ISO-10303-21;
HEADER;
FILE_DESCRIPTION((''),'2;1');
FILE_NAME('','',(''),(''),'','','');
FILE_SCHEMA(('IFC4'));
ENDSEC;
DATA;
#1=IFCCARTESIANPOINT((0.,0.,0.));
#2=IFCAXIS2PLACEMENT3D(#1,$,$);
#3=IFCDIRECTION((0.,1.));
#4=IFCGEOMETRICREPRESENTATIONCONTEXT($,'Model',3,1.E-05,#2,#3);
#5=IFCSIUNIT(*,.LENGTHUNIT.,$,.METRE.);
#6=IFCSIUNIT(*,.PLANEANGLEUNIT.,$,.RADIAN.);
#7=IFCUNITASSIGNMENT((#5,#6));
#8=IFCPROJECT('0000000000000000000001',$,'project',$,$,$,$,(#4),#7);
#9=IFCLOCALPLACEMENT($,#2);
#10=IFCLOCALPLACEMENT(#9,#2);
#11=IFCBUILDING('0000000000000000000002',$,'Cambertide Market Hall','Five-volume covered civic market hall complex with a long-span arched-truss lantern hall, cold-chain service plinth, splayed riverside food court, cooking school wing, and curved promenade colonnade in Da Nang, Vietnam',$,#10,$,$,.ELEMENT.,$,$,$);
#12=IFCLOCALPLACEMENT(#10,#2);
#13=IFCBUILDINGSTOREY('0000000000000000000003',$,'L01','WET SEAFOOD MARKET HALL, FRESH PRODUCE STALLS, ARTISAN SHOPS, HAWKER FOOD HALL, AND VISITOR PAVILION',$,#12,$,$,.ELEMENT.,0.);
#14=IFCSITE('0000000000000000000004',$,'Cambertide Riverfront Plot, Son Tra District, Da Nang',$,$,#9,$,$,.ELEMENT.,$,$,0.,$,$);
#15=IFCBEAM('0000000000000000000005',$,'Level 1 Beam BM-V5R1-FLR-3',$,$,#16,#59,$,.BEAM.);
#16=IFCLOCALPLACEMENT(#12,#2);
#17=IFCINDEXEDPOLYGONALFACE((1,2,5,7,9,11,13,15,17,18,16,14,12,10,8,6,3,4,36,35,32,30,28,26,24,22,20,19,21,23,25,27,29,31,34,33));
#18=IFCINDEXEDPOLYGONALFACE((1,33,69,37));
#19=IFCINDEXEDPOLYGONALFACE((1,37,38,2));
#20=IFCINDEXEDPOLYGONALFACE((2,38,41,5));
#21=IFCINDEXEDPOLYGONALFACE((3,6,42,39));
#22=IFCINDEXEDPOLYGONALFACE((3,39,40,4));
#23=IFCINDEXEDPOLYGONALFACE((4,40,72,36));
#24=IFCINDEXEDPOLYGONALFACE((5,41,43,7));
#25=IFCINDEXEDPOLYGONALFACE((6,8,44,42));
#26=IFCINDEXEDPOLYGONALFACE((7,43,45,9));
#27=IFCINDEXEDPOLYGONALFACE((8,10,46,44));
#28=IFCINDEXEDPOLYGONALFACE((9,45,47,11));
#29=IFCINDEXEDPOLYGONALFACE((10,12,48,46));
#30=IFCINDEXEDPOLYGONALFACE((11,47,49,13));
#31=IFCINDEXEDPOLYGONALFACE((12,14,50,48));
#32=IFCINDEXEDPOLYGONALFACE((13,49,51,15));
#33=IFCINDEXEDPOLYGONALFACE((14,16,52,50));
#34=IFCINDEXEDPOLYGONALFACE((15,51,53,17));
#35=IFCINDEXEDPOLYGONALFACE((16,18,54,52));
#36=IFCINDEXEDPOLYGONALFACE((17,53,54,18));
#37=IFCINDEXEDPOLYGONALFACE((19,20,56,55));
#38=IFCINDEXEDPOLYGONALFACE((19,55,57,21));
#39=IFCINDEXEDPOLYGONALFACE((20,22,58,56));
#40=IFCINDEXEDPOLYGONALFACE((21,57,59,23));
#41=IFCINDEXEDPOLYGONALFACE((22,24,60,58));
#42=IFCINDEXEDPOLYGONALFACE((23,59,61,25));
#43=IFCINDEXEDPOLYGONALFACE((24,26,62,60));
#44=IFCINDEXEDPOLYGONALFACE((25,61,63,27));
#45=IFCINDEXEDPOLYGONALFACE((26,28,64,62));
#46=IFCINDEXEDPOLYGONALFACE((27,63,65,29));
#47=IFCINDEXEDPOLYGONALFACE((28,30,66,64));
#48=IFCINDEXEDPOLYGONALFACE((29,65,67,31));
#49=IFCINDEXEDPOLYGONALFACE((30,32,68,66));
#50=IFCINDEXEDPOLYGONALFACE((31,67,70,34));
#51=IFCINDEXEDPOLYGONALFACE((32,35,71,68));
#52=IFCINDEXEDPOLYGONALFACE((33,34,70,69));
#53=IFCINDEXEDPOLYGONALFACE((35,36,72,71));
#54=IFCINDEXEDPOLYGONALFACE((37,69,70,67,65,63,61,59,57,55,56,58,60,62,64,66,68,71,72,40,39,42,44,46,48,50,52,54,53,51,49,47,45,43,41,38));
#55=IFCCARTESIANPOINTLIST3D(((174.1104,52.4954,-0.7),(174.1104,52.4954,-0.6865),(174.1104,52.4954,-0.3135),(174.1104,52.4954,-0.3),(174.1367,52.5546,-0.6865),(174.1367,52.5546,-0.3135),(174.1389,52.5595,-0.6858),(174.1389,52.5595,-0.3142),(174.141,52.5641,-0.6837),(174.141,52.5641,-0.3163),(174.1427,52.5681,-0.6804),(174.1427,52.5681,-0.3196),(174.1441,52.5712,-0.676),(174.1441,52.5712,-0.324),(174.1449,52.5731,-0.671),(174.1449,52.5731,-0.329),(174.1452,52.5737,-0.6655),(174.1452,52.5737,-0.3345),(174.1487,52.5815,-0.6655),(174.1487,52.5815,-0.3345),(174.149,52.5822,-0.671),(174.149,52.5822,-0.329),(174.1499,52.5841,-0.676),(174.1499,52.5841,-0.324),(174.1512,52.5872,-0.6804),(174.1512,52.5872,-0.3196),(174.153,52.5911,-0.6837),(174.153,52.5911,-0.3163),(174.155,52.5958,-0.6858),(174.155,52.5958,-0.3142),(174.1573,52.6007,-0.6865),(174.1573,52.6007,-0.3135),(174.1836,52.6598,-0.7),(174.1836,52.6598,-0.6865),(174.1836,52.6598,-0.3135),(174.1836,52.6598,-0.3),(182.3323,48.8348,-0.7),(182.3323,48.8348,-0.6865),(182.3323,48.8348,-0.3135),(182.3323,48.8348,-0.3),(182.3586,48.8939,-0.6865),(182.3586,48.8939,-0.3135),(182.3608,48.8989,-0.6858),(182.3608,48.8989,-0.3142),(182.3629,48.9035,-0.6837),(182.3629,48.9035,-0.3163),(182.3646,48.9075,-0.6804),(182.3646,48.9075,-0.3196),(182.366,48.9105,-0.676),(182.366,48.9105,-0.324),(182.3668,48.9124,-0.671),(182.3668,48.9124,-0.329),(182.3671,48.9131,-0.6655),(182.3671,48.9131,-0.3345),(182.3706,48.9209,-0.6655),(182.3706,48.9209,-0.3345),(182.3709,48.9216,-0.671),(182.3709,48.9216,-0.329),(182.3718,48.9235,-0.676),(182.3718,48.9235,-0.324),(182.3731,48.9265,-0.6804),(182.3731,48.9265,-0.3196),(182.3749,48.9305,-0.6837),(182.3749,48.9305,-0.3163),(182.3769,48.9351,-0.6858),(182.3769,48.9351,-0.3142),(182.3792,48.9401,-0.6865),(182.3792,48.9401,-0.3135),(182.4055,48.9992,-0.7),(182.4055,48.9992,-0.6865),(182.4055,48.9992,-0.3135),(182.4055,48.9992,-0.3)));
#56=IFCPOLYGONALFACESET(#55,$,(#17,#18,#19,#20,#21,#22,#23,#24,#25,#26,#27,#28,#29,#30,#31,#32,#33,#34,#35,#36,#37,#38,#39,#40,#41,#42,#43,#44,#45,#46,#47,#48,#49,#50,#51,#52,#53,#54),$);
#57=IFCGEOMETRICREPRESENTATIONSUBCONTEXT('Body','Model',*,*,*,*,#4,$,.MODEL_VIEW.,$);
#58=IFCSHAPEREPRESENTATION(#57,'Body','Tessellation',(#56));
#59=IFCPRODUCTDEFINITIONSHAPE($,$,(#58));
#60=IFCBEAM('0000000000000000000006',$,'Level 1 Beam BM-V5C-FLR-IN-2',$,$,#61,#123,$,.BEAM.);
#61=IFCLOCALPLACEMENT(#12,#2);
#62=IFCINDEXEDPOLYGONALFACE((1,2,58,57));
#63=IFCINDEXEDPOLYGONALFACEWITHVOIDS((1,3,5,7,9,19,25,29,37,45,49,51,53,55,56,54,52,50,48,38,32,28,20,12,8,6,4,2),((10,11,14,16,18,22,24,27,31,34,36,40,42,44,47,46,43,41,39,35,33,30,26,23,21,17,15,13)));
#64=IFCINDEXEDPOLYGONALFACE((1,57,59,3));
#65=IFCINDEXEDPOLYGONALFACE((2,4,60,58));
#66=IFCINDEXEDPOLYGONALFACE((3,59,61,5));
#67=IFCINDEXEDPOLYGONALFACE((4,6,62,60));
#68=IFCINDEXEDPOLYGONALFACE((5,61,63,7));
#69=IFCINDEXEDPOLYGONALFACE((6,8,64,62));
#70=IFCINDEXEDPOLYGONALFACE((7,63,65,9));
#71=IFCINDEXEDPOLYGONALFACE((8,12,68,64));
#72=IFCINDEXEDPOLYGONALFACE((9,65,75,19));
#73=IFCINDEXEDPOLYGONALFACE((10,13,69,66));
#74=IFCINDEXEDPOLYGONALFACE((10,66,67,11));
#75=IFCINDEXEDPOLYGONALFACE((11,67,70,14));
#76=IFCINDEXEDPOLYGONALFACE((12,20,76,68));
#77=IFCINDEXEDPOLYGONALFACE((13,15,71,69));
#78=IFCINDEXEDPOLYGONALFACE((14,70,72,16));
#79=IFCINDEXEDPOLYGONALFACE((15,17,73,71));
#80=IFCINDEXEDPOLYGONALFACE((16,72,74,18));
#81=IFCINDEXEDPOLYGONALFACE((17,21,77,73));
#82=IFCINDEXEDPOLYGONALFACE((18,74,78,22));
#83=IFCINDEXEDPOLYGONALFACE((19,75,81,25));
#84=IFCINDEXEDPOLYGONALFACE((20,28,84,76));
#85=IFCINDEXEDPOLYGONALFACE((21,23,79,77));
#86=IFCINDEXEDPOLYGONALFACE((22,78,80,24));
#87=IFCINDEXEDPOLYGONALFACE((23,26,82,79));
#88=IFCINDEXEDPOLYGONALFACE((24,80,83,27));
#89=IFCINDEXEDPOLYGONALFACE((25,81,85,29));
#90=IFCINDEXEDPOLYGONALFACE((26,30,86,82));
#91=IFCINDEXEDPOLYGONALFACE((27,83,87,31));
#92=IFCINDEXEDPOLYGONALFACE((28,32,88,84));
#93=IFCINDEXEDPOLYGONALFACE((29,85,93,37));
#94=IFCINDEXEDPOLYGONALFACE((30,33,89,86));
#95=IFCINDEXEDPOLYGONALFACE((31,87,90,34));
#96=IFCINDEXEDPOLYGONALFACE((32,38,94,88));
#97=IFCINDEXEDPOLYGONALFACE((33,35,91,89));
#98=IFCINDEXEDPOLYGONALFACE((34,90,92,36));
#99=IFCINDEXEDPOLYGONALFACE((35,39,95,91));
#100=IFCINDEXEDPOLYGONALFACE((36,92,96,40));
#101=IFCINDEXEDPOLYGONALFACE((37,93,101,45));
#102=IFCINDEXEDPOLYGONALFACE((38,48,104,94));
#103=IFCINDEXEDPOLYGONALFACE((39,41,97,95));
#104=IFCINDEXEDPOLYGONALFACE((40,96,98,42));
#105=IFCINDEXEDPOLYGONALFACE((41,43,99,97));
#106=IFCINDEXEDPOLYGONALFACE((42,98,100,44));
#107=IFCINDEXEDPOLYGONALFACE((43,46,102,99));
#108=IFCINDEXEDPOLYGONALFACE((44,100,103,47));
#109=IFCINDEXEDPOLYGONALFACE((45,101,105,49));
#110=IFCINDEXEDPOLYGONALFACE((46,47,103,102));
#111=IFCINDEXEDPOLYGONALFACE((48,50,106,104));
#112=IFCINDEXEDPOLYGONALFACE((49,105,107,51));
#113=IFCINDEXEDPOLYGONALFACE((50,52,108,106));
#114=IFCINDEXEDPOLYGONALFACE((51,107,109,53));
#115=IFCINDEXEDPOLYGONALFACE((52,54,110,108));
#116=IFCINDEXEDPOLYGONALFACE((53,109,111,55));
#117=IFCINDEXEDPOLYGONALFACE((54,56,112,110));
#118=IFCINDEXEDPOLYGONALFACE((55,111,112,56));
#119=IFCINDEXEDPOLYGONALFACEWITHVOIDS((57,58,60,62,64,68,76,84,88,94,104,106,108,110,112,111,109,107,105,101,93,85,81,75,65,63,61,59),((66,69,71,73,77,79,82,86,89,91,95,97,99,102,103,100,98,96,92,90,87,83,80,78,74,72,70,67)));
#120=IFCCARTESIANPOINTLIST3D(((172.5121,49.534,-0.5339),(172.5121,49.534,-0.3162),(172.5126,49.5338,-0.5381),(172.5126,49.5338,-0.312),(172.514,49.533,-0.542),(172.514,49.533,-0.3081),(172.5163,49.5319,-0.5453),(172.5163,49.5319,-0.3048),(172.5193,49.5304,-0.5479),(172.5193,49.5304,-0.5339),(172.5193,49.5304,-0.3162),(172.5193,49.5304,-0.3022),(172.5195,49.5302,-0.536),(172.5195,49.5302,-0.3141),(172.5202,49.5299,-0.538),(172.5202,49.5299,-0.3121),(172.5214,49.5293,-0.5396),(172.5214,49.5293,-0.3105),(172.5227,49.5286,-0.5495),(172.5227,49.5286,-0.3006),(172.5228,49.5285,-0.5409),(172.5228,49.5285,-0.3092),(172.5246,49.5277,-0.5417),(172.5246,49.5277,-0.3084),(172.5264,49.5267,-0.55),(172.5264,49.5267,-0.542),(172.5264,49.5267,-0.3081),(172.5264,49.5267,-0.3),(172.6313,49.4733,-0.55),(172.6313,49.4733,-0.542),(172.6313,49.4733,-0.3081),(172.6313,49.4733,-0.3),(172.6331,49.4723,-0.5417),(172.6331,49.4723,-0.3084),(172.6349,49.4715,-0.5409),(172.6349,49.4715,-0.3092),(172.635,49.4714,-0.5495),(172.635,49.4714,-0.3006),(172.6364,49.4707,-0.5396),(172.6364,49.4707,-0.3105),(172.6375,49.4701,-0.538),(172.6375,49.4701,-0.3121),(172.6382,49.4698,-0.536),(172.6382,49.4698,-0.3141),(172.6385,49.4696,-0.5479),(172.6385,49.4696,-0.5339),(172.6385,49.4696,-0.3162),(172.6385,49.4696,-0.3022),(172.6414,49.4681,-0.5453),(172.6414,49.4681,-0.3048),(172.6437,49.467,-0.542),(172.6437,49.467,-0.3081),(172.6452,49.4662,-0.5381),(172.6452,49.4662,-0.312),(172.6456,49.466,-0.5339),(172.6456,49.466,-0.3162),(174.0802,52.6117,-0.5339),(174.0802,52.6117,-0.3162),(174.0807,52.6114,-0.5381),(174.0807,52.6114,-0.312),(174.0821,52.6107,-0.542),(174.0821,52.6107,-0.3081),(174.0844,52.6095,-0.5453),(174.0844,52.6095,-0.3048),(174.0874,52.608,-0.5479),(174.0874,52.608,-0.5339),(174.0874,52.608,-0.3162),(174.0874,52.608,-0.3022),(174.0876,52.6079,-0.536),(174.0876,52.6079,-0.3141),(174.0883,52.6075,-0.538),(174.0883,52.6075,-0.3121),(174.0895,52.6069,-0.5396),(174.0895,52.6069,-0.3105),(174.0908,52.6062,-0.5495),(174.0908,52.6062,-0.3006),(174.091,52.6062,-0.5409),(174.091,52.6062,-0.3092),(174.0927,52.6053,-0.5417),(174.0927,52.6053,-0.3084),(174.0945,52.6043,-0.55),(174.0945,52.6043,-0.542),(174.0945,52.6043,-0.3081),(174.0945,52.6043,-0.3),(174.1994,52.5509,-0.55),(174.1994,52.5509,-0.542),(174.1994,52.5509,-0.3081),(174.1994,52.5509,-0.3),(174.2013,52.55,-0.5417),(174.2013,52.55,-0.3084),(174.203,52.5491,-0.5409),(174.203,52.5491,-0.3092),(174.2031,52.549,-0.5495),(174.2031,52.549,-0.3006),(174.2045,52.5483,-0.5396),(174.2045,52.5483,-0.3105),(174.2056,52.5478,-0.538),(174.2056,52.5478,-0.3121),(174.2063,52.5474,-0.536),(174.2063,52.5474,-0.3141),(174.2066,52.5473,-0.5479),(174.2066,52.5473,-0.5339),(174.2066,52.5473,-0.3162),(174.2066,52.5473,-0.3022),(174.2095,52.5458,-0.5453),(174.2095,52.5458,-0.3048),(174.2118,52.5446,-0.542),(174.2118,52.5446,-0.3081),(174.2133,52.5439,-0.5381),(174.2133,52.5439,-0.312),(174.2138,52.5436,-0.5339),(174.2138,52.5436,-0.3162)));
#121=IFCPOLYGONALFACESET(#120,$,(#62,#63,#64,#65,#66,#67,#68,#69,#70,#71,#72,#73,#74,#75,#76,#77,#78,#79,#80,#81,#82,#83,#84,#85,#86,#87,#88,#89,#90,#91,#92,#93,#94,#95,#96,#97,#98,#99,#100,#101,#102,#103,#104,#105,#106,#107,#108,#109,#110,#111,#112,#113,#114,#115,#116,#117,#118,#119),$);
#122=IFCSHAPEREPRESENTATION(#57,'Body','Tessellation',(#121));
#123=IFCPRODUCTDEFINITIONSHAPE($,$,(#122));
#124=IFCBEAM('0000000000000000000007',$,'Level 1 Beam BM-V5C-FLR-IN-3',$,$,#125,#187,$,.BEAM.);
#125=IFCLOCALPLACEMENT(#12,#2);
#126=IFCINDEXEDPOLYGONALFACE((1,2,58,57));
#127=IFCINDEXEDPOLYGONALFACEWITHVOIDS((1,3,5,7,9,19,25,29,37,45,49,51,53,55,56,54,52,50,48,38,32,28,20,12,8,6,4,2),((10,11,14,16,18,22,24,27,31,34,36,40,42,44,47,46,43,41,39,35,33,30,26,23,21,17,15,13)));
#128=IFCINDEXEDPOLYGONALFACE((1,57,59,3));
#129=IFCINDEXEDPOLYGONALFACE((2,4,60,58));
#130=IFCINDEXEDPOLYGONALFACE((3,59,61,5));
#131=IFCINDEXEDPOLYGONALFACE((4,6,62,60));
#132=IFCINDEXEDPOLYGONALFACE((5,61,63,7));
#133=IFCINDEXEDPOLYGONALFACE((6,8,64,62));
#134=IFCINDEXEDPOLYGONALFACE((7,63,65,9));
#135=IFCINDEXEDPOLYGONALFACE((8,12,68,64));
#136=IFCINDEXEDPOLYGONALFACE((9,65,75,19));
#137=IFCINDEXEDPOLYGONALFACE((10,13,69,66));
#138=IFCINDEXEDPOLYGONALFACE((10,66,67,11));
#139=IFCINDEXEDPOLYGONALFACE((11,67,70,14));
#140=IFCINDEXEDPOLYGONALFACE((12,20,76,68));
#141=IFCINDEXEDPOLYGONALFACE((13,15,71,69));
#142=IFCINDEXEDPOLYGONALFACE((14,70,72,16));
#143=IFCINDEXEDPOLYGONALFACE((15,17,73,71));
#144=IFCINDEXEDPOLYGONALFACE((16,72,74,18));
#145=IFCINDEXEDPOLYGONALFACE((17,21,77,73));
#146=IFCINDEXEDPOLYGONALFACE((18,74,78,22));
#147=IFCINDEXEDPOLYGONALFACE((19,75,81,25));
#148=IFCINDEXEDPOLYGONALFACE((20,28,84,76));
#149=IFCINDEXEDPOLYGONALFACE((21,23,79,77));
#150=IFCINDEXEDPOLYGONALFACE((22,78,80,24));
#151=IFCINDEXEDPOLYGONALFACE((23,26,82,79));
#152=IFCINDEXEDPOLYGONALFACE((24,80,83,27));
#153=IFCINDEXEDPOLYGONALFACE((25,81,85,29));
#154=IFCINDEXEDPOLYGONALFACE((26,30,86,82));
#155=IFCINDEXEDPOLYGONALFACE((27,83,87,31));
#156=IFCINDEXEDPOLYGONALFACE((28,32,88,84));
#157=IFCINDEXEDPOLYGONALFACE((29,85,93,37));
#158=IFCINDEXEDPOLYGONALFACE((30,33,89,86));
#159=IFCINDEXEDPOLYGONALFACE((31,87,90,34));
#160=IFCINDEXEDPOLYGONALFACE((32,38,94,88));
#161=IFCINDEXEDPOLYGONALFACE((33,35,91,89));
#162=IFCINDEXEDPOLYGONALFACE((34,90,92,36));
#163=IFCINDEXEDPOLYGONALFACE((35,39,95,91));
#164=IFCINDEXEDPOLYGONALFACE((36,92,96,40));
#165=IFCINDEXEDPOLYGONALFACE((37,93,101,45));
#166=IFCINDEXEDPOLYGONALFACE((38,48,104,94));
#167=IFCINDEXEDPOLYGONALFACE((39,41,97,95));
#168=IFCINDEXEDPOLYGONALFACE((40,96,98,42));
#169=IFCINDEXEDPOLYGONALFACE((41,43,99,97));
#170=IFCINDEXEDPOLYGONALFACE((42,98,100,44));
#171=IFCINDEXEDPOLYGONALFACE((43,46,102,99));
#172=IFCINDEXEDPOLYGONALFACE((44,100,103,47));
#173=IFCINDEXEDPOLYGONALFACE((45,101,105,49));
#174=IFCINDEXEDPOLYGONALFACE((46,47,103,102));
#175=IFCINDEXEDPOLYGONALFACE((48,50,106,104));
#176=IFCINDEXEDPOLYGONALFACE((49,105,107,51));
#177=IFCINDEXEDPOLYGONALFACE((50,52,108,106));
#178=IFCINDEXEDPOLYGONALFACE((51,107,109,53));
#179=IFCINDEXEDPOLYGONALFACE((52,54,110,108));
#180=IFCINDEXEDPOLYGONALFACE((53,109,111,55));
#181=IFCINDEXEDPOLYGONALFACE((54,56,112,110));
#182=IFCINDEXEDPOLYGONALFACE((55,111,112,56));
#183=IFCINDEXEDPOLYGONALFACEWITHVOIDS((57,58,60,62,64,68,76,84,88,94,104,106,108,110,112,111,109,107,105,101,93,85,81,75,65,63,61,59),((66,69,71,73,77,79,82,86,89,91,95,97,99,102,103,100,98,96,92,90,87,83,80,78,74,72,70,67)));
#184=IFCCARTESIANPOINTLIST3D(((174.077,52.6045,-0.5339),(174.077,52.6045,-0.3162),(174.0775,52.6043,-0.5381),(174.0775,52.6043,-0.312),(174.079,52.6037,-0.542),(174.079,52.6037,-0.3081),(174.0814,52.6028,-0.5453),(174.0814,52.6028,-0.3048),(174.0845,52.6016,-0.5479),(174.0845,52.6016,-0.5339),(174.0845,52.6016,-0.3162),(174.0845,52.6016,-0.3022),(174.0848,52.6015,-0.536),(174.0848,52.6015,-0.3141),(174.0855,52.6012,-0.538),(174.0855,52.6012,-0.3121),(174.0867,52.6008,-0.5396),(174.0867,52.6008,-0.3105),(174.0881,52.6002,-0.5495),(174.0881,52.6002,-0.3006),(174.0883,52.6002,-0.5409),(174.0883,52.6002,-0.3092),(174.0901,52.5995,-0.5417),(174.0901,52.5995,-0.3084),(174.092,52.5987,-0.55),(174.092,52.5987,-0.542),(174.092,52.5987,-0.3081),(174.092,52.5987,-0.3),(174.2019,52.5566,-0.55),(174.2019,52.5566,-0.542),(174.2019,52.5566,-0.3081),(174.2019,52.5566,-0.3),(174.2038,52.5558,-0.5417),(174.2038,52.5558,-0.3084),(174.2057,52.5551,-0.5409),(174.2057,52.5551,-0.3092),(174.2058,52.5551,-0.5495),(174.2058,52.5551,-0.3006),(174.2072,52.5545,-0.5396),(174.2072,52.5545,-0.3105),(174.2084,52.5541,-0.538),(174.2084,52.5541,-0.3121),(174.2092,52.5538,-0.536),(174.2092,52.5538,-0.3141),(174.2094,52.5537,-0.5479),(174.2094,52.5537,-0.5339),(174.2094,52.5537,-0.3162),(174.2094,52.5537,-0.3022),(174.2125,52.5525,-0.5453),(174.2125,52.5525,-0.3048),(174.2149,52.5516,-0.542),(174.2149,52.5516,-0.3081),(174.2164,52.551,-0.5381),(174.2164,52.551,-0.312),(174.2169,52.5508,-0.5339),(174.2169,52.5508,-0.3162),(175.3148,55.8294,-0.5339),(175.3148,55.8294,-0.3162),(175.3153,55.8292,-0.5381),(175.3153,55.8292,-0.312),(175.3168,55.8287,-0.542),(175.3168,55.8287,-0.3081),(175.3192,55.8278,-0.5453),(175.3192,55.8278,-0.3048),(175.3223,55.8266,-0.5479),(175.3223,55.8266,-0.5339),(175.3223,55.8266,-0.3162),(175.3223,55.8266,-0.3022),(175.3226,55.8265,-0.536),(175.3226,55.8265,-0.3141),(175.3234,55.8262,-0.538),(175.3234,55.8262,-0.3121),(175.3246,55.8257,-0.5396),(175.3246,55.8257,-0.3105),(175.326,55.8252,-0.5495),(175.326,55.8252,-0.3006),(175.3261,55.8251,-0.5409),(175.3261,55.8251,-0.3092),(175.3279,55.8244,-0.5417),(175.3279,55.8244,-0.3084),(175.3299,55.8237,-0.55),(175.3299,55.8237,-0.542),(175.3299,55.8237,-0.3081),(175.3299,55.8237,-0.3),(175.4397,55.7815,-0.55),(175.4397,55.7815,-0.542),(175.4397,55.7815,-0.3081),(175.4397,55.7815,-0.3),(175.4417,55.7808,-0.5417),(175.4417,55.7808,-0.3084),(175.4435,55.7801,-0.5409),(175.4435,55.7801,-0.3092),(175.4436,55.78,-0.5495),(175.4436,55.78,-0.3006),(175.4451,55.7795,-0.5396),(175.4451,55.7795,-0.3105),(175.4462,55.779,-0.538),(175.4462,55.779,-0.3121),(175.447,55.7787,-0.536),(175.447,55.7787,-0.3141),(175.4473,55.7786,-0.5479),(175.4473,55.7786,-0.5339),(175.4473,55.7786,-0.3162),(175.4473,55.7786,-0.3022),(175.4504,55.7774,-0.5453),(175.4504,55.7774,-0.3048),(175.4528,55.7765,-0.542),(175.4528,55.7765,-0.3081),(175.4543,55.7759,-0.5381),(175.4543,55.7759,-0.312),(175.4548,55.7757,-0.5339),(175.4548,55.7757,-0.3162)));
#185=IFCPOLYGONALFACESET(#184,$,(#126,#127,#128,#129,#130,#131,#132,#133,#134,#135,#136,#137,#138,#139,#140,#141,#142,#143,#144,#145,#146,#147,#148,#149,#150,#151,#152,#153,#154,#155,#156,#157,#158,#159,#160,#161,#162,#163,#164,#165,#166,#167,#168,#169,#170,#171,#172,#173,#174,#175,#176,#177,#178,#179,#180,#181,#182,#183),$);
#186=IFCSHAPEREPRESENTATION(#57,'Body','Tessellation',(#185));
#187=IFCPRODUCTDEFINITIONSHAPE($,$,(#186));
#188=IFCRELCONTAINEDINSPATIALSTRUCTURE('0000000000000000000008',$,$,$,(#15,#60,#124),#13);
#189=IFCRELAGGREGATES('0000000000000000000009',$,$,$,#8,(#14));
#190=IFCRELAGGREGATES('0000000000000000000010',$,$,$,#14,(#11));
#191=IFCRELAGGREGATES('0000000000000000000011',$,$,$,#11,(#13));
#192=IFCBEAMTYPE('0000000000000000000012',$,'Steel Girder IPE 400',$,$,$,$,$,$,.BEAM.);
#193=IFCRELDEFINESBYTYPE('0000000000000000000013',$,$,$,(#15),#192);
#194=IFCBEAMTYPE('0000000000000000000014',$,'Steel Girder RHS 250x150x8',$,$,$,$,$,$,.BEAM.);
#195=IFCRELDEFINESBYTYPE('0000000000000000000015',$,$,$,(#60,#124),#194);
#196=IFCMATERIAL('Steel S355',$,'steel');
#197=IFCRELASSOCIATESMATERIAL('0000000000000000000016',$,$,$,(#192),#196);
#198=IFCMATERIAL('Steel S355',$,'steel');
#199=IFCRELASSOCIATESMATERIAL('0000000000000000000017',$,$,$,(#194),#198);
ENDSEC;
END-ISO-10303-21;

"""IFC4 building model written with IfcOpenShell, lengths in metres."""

from ifc_helpers import new_model, si_unit, direction, frame, origin, origin_2d, place, context, subcontext, project, spatial, hollow_rectangle, i_section, extrude, material, material_profile, profile_set, type_object, element, save


model = new_model("IFC4")

# Units and contexts
model_context = context("Model", 3, precision=1e-05, world=origin(), true_north=direction((0.0, 1.0)))
body_context = subcontext(model_context, "Body", "Model", "MODEL_VIEW")
ifc_project = project(units=[si_unit("LENGTHUNIT", "METRE"), si_unit("PLANEANGLEUNIT", "RADIAN")], contexts=[model_context])

# Site, building, storey
site_placement = place(None, origin())
site = spatial("IfcSite", under=ifc_project, at=site_placement, Name="Cambertide Riverfront Plot, Son Tra District, Da Nang", CompositionType="ELEMENT", RefElevation=0.0)
building_placement = place(site_placement, origin())
building = spatial("IfcBuilding", under=site, at=building_placement, Name="Cambertide Market Hall", Description="Five-volume covered civic market hall complex with a long-span arched-truss lantern hall, cold-chain service plinth, splayed riverside food court, cooking school wing, and curved promenade colonnade in Da Nang, Vietnam", CompositionType="ELEMENT")
storey_placement = place(building_placement, origin())
storey = spatial("IfcBuildingStorey", under=building, at=storey_placement, Name="L01", Description="WET SEAFOOD MARKET HALL, FRESH PRODUCE STALLS, ARTISAN SHOPS, HAWKER FOOD HALL, AND VISITOR PAVILION", CompositionType="ELEMENT", Elevation=0.0)

# Beams
ifc_material_1 = material(Name="Steel S355", Category="steel")
ifc_material_profile_1 = material_profile(ifc_material_1, i_section(OverallWidth=0.1799, OverallDepth=0.3999, WebThickness=0.0085, FlangeThickness=0.0134, FilletRadius=0.021, at=origin_2d()), Name="IPE 400")
ifc_profile_set_1 = profile_set([ifc_material_profile_1], Name="Steel S355")
beam_type_1 = type_object("IfcBeamType", Name="Steel Girder IPE 400", PredefinedType="BEAM", material=ifc_profile_set_1)
for number, where, z_axis, x_axis, name in (
    (1, (174.147, 52.5776, -0.5), (0.913545, -0.406737, 0.0), (0.406737, 0.913545, 0.0), "Level 1 Beam BM-V5R1-FLR-3"),
):
    element("IfcBeam", number, at=place(storey_placement, frame(where, z_axis=z_axis, x_axis=x_axis)), inside=storey, type_object=beam_type_1, Name=name, PredefinedType="BEAM", context=body_context, shape_type="SweptSolid", body=[
        extrude(i_section(OverallWidth=0.1799, OverallDepth=0.3999, WebThickness=0.0085, FlangeThickness=0.0134, FilletRadius=0.021, at=origin_2d()), origin(), (0.0, 0.0, 1.0), 9.0),
    ])
ifc_material_2 = material(Name="Steel S355", Category="steel")
ifc_material_profile_2 = material_profile(ifc_material_2, hollow_rectangle(XDim=0.1499, YDim=0.25, WallThickness=0.0081, InnerFilletRadius=0.0081, OuterFilletRadius=0.0161, at=origin_2d()), Name="RHS 250x150x8")
ifc_profile_set_2 = profile_set([ifc_material_profile_2], Name="Steel S355")
beam_type_2 = type_object("IfcBeamType", Name="Steel Girder RHS 250x150x8", PredefinedType="BEAM", material=ifc_profile_set_2)
beam_1_placement = place(storey_placement, frame((172.5789, 49.5, -0.425), z_axis=(0.453986, 0.891009, 0.0), x_axis=(-0.891009, 0.453986, 0.0)))
element("IfcBeam", 2, at=beam_1_placement, inside=storey, type_object=beam_type_2, Name="Level 1 Beam BM-V5C-FLR-IN-2", PredefinedType="BEAM", context=body_context, shape_type="SweptSolid", body=[
    extrude(hollow_rectangle(XDim=0.1499, YDim=0.25, WallThickness=0.0081, InnerFilletRadius=0.0081, OuterFilletRadius=0.0161, at=origin_2d()), origin(), (0.0, 0.0, 1.0), 3.4541),
])
beam_2_placement = place(storey_placement, frame((174.147, 52.5776, -0.425), z_axis=(0.35834, 0.933591, 0.0), x_axis=(-0.933591, 0.35834, 0.0)))
element("IfcBeam", 3, at=beam_2_placement, inside=storey, type_object=beam_type_2, Name="Level 1 Beam BM-V5C-FLR-IN-3", PredefinedType="BEAM", context=body_context, shape_type="SweptSolid", body=[
    extrude(hollow_rectangle(XDim=0.1499, YDim=0.25, WallThickness=0.0081, InnerFilletRadius=0.0081, OuterFilletRadius=0.0161, at=origin_2d()), origin(), (0.0, 0.0, 1.0), 3.4543),
])

save(model, "model.ifc")
